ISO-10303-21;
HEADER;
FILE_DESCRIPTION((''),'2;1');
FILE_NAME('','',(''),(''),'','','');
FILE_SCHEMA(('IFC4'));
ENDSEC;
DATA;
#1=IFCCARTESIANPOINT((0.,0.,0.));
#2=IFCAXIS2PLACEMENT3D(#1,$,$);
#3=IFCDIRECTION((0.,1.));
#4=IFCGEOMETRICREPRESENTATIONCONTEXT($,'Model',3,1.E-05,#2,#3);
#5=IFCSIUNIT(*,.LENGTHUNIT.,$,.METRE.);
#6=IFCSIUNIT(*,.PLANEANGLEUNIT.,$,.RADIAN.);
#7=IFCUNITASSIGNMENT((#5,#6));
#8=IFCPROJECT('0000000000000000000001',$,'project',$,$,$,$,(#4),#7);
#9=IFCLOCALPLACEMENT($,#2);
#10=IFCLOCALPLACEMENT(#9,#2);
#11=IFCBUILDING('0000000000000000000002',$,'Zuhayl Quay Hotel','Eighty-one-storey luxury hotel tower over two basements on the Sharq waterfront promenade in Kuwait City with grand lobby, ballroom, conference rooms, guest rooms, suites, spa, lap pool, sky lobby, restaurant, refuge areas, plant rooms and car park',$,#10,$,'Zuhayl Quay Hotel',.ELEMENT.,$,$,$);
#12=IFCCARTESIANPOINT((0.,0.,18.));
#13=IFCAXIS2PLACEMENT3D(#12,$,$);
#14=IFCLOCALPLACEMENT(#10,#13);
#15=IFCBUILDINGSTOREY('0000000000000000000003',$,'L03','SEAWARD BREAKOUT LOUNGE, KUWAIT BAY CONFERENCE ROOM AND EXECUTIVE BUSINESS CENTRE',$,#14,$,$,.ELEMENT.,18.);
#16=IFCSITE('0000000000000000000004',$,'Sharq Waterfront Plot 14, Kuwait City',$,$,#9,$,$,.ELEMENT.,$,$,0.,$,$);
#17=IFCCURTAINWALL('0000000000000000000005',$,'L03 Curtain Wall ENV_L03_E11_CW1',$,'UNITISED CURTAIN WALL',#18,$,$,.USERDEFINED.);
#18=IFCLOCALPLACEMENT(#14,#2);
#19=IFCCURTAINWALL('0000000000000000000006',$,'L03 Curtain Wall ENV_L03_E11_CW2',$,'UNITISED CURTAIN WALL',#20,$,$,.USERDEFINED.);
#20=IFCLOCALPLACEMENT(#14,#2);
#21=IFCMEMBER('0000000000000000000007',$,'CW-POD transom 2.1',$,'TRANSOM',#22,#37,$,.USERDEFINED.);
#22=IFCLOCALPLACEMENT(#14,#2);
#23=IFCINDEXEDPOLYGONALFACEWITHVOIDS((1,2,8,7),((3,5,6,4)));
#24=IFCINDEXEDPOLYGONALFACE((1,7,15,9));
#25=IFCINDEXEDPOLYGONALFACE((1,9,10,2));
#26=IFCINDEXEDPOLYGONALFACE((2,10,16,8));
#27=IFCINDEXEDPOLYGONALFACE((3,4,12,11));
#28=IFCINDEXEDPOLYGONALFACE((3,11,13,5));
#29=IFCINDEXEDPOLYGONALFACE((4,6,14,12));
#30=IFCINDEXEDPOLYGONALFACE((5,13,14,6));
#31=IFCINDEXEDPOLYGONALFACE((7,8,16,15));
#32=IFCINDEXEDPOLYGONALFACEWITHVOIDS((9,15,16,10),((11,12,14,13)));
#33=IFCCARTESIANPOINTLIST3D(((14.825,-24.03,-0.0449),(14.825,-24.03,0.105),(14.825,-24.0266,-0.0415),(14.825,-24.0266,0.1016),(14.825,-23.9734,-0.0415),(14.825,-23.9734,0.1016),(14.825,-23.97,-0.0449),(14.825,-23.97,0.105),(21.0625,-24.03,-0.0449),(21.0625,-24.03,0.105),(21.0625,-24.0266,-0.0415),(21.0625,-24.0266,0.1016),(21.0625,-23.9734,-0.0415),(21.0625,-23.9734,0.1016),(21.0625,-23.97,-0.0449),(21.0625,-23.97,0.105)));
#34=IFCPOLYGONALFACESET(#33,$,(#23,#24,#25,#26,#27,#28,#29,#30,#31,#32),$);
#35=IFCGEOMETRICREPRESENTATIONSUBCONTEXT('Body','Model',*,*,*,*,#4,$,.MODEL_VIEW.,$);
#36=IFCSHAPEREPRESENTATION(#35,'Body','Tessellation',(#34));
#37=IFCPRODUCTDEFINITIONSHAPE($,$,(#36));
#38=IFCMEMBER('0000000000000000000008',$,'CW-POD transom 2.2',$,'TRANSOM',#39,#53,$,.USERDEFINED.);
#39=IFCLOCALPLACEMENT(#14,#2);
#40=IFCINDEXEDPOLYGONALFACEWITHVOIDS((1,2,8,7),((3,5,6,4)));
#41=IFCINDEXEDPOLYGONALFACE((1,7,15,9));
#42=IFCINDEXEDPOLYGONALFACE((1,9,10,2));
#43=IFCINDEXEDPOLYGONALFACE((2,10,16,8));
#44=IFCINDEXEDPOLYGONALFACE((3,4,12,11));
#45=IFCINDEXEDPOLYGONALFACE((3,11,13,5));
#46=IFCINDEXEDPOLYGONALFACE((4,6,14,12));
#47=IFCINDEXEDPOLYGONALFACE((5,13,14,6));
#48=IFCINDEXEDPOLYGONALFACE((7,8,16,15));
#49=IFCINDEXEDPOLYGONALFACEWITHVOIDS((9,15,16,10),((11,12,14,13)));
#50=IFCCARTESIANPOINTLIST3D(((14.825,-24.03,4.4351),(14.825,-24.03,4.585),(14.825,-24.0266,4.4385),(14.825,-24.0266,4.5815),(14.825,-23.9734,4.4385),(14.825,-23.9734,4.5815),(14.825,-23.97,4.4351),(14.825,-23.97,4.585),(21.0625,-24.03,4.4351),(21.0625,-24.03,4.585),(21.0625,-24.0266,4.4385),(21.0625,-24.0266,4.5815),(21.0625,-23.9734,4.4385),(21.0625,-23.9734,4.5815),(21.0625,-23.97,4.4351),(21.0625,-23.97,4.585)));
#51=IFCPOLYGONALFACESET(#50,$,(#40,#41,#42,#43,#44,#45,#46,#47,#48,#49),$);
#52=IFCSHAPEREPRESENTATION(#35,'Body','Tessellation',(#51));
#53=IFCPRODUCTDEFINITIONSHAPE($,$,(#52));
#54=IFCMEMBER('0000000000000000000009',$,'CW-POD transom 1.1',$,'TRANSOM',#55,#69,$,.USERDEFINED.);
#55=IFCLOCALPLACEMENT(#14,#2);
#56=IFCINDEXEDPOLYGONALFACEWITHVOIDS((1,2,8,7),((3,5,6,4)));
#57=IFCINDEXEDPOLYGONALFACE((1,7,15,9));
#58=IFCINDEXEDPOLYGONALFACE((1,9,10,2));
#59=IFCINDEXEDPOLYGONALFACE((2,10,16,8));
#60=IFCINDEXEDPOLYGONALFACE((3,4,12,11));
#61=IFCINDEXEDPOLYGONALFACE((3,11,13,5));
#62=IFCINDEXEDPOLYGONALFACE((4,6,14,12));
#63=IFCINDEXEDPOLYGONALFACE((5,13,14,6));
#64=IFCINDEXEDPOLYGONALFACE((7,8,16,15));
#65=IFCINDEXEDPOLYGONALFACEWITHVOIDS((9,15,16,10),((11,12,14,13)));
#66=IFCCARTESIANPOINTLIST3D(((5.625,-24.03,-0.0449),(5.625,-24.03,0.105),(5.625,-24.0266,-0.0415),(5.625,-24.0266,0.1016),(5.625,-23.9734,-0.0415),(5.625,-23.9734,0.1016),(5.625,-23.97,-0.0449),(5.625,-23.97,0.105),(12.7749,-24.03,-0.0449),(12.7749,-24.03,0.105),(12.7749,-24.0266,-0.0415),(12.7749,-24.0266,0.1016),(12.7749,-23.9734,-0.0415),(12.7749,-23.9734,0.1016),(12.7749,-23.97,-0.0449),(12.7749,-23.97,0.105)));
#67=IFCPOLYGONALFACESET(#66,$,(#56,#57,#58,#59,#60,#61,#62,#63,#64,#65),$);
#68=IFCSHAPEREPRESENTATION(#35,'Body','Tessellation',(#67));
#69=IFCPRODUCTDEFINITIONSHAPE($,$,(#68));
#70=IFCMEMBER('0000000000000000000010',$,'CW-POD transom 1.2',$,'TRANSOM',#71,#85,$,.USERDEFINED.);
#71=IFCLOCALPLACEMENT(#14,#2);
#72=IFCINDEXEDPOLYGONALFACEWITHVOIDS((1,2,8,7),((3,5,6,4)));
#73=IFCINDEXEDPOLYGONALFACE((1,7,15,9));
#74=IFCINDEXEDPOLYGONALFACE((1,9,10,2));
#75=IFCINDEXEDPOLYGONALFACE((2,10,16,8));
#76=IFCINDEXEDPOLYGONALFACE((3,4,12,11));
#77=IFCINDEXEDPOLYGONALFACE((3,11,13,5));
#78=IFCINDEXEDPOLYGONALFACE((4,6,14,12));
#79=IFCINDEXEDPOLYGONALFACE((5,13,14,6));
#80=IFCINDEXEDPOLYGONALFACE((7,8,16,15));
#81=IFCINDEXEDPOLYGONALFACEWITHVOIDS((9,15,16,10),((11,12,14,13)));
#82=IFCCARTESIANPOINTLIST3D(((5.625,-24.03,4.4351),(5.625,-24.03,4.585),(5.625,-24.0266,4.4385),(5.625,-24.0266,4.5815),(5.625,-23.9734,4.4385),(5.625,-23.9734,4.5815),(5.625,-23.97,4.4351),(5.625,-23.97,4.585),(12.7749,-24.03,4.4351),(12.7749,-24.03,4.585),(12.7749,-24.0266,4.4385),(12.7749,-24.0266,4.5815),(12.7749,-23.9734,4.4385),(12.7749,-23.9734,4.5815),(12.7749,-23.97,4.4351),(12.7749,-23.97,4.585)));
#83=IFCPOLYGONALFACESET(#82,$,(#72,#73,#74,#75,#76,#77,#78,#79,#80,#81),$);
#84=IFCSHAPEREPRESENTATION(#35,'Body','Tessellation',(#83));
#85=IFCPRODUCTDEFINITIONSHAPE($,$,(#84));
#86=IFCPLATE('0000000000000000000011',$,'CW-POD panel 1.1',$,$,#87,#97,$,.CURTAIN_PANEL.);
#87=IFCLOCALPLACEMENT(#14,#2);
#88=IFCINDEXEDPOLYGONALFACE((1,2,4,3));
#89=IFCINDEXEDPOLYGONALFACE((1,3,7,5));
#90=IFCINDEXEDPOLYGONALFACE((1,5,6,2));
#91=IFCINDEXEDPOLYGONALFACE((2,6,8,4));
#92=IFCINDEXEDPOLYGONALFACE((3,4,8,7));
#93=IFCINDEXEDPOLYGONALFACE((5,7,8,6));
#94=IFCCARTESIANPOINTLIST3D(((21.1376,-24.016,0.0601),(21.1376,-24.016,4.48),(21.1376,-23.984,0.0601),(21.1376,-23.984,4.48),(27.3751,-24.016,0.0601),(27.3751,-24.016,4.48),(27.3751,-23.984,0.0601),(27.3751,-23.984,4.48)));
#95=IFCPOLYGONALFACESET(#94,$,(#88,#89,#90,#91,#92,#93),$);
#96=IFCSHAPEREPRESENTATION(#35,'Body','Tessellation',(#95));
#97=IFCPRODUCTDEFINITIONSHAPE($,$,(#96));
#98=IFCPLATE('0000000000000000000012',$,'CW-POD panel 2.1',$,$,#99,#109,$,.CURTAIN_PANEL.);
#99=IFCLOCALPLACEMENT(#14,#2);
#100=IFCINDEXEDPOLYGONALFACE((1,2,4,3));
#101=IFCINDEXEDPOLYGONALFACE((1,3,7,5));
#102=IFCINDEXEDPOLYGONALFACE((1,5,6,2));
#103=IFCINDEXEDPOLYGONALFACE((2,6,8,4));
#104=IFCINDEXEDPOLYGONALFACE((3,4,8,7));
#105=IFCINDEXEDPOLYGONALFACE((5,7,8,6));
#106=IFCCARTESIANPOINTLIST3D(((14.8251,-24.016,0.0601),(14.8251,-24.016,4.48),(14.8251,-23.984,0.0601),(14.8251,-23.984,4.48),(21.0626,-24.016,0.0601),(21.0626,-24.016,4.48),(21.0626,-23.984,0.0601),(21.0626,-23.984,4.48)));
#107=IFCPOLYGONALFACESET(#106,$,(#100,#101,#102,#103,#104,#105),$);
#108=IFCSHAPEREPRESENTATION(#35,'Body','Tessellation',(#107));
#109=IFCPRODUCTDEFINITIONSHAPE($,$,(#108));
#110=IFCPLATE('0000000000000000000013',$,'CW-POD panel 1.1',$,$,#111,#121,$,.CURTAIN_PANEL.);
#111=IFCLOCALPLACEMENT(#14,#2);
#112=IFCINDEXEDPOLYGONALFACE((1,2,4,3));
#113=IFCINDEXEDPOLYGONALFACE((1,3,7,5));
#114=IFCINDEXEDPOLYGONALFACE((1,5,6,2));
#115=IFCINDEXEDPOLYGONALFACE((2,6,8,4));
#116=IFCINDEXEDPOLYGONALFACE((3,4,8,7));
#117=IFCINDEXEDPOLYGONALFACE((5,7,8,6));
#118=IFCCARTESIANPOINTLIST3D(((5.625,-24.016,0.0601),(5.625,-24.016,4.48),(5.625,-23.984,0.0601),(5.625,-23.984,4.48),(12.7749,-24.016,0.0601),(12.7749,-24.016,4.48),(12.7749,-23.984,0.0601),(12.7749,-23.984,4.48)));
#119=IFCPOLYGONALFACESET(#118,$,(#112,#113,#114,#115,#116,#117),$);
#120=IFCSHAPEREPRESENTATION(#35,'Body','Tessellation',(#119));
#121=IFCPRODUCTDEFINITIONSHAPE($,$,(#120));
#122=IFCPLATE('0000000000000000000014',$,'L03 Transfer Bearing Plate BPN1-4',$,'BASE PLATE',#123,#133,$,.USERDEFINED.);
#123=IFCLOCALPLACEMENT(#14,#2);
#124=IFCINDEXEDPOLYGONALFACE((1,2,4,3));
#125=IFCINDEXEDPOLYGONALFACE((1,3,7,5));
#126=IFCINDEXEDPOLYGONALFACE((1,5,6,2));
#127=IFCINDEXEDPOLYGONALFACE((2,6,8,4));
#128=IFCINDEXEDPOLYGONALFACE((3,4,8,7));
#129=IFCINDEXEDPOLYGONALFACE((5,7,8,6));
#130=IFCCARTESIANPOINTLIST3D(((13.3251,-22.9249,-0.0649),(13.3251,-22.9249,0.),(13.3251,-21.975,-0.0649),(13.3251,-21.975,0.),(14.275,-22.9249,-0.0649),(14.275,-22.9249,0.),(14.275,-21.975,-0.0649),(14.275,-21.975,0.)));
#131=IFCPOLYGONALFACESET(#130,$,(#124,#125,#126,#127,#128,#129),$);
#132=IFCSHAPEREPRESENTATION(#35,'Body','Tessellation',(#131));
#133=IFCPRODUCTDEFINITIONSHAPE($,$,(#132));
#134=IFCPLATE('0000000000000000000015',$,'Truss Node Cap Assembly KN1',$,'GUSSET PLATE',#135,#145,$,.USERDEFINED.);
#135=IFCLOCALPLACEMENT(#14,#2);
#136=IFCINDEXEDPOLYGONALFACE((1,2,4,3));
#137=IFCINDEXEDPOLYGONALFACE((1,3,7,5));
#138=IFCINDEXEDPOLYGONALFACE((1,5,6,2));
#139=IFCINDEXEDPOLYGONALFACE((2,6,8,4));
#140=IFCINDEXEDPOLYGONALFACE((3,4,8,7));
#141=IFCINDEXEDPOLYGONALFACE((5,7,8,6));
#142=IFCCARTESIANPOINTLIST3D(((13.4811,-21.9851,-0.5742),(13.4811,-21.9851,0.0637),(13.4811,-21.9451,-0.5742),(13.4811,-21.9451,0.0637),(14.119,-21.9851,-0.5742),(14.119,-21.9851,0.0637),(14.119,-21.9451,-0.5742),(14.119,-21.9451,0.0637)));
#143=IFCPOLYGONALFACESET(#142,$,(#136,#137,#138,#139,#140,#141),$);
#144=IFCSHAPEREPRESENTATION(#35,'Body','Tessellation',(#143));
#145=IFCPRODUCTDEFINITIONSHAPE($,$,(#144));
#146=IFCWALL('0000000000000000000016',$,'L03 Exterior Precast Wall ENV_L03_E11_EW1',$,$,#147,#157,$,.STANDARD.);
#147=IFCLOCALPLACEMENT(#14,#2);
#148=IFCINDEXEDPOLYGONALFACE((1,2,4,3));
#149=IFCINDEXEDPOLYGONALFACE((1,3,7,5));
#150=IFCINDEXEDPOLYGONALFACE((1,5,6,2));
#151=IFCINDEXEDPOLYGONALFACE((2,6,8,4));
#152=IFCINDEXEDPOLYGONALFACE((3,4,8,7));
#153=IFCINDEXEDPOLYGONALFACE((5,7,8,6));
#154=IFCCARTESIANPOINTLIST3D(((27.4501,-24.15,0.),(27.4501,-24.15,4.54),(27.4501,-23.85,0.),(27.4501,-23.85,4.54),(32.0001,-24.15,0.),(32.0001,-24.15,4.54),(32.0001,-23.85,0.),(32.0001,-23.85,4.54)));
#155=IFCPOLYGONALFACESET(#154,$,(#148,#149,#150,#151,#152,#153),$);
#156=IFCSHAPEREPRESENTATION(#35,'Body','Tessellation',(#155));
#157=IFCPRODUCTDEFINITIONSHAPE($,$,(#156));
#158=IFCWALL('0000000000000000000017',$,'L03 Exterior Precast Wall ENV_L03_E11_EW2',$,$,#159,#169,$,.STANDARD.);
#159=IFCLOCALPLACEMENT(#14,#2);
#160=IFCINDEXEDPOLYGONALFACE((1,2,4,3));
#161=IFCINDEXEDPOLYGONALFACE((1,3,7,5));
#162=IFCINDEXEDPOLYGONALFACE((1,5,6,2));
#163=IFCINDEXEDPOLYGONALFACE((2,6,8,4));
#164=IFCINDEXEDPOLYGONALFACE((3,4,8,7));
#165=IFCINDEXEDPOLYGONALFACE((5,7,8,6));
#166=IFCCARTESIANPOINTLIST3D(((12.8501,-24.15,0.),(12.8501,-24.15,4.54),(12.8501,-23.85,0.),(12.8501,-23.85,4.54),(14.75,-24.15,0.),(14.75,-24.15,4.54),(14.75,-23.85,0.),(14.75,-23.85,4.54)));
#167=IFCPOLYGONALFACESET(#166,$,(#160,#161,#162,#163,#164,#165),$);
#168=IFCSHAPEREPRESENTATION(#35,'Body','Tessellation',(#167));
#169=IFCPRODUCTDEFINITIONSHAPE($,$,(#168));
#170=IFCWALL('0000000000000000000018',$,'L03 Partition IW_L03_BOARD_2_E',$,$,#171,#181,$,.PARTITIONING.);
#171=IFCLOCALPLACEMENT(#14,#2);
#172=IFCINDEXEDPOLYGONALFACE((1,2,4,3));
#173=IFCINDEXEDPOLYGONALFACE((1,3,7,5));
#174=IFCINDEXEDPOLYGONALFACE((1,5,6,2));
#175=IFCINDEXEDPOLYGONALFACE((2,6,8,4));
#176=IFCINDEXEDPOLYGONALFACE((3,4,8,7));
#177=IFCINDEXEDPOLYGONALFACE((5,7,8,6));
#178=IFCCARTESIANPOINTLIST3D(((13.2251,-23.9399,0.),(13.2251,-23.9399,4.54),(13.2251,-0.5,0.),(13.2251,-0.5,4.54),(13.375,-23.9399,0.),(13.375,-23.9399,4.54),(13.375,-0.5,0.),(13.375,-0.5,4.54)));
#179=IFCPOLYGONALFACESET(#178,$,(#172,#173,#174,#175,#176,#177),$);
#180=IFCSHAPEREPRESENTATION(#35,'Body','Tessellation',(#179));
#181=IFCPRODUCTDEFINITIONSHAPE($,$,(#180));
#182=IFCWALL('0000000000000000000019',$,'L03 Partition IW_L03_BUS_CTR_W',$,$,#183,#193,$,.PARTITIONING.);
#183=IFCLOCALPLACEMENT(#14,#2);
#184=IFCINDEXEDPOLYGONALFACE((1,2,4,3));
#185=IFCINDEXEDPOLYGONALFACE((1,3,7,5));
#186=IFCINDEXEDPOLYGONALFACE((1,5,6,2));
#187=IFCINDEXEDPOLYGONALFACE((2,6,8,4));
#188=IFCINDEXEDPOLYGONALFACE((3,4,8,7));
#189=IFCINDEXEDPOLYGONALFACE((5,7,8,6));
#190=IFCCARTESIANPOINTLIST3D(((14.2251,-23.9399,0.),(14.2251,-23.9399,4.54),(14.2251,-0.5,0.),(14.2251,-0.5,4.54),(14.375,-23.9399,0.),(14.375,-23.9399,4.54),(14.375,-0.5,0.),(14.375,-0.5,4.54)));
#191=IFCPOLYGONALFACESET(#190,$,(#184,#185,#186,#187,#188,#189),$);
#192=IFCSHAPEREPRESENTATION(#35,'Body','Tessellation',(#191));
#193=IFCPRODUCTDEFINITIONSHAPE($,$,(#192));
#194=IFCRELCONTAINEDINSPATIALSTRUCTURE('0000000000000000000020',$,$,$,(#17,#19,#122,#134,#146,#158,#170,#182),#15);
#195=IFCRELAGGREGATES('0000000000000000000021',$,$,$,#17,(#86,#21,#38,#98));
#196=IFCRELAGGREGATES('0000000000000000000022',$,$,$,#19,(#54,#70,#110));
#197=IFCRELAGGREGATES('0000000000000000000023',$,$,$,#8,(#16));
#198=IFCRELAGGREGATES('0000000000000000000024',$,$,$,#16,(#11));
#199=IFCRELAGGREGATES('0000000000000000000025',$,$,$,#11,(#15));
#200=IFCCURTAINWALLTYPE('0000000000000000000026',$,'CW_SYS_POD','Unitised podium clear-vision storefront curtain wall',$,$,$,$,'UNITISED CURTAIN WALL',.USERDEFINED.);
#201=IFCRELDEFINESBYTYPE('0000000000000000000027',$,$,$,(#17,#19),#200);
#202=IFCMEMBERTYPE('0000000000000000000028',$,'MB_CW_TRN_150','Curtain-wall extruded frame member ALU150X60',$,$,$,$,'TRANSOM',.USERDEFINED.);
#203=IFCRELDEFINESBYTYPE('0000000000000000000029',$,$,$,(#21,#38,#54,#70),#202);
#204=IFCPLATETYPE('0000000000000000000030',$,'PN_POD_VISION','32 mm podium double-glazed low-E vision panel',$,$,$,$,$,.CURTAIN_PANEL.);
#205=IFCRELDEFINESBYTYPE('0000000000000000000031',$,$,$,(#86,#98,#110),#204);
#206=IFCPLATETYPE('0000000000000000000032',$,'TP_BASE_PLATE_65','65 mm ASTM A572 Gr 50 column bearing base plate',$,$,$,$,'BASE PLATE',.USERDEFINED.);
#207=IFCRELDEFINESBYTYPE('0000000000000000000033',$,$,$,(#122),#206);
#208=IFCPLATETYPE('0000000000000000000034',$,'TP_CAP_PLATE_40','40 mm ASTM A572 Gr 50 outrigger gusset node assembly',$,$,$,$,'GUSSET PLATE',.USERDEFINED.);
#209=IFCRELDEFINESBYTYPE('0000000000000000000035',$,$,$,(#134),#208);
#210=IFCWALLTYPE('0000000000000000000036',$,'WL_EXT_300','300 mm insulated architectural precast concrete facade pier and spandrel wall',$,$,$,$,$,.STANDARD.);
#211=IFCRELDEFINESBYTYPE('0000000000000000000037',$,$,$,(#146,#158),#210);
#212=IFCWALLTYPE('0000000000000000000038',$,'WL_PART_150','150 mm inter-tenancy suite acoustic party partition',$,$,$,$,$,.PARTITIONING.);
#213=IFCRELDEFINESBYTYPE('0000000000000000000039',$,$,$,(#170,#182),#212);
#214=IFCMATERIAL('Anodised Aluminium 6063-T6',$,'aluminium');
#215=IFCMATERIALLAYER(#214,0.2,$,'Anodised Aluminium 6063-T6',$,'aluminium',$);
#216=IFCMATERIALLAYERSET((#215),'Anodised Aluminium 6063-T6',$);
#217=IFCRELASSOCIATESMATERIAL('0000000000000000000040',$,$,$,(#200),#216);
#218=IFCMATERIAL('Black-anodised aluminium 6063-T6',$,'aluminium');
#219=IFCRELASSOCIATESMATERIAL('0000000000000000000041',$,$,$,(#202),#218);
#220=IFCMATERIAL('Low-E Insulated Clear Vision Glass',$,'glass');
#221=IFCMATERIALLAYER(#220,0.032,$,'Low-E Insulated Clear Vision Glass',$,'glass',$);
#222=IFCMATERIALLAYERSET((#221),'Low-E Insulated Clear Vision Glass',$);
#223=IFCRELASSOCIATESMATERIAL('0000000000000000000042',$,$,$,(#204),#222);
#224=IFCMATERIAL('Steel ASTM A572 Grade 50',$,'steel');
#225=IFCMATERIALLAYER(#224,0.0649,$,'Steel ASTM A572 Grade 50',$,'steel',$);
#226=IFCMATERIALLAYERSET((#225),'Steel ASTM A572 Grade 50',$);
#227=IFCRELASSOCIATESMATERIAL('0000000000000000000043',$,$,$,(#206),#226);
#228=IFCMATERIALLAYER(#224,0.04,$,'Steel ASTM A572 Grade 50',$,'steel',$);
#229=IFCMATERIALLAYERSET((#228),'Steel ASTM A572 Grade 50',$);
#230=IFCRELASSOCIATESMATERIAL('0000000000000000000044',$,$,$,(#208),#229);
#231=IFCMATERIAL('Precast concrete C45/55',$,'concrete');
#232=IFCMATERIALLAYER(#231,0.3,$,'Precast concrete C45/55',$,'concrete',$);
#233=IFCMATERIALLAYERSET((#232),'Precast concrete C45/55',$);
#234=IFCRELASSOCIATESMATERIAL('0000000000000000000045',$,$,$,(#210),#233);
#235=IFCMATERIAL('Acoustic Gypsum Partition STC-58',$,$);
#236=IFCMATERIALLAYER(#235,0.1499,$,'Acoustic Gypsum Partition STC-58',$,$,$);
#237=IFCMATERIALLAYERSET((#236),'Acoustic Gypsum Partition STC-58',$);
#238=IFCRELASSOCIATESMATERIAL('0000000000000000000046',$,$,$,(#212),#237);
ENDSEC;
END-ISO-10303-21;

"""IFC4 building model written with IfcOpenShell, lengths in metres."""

from ifc_helpers import new_model, si_unit, direction, frame, frame_2d, origin, origin_2d, place, context, subcontext, project, spatial, rectangle, hollow_rectangle, extrude, material, layer, layer_set, material_profile, profile_set, type_object, element, aggregate, save


model = new_model("IFC4")

# Units and contexts
model_context = context("Model", 3, precision=1e-05, world=origin(), true_north=direction((0.0, 1.0)))
body_context = subcontext(model_context, "Body", "Model", "MODEL_VIEW")
ifc_project = project(units=[si_unit("LENGTHUNIT", "METRE"), si_unit("PLANEANGLEUNIT", "RADIAN")], contexts=[model_context])

# Site, building, storey
site_placement = place(None, origin())
site = spatial("IfcSite", under=ifc_project, at=site_placement, Name="Sharq Waterfront Plot 14, Kuwait City", CompositionType="ELEMENT", RefElevation=0.0)
building_placement = place(site_placement, origin())
building = spatial("IfcBuilding", under=site, at=building_placement, Name="Zuhayl Quay Hotel", Description="Eighty-one-storey luxury hotel tower over two basements on the Sharq waterfront promenade in Kuwait City with grand lobby, ballroom, conference rooms, guest rooms, suites, spa, lap pool, sky lobby, restaurant, refuge areas, plant rooms and car park", LongName="Zuhayl Quay Hotel", CompositionType="ELEMENT")
storey_placement = place(building_placement, frame((0.0, 0.0, 18.0)))
storey = spatial("IfcBuildingStorey", under=building, at=storey_placement, Name="L03", Description="SEAWARD BREAKOUT LOUNGE, KUWAIT BAY CONFERENCE ROOM AND EXECUTIVE BUSINESS CENTRE", CompositionType="ELEMENT", Elevation=18.0)

# Curtain wall
ifc_material_1 = material(Name="Anodised Aluminium 6063-T6", Category="aluminium")
ifc_layer_1 = layer(ifc_material_1, 0.2, Name="Anodised Aluminium 6063-T6", Category="aluminium")
ifc_layer_set_1 = layer_set([ifc_layer_1], Name="Anodised Aluminium 6063-T6")
curtain_wall_type = type_object("IfcCurtainWallType", Name="CW_SYS_POD", Description="Unitised podium clear-vision storefront curtain wall", ElementType="UNITISED CURTAIN WALL", PredefinedType="USERDEFINED", material=ifc_layer_set_1)
curtain_wall_1_placement = place(storey_placement, origin())
curtain_wall_1 = element("IfcCurtainWall", 1, at=curtain_wall_1_placement, inside=storey, type_object=curtain_wall_type, Name="L03 Curtain Wall ENV_L03_E11_CW1", ObjectType="UNITISED CURTAIN WALL", PredefinedType="USERDEFINED")
ifc_material_2 = material(Name="Black-anodised aluminium 6063-T6", Category="aluminium")

# Curtain wall
curtain_wall_2_placement = place(storey_placement, origin())
curtain_wall_2 = element("IfcCurtainWall", 2, at=curtain_wall_2_placement, inside=storey, type_object=curtain_wall_type, Name="L03 Curtain Wall ENV_L03_E11_CW2", ObjectType="UNITISED CURTAIN WALL", PredefinedType="USERDEFINED")

# Members
ifc_material_profile_1 = material_profile(ifc_material_2, hollow_rectangle(XDim=0.0601, YDim=0.1499, WallThickness=0.0034, at=origin_2d()), Name="ALU150X60")
ifc_profile_set_1 = profile_set([ifc_material_profile_1], Name="Black-anodised aluminium 6063-T6")
member_type_1 = type_object("IfcMemberType", Name="MB_CW_TRN_150", Description="Curtain-wall extruded frame member ALU150X60", ElementType="TRANSOM", PredefinedType="USERDEFINED", material=ifc_profile_set_1)
member_1_placement = place(storey_placement, frame((21.0625, -24.0, 0.03), z_axis=(-1.0, 0.0, 0.0), x_axis=(0.0, -1.0, 0.0)))
member_1 = element("IfcMember", 3, at=member_1_placement, type_object=member_type_1, Name="CW-POD transom 2.1", ObjectType="TRANSOM", PredefinedType="USERDEFINED", context=body_context, shape_type="SweptSolid", body=[
    extrude(hollow_rectangle(XDim=0.0601, YDim=0.1499, WallThickness=0.0034, at=origin_2d()), origin(), (0.0, 0.0, 1.0), 6.2375),
])
member_2_placement = place(storey_placement, frame((21.0625, -24.0, 4.51), z_axis=(-1.0, 0.0, 0.0), x_axis=(0.0, -1.0, 0.0)))
member_2 = element("IfcMember", 4, at=member_2_placement, type_object=member_type_1, Name="CW-POD transom 2.2", ObjectType="TRANSOM", PredefinedType="USERDEFINED", context=body_context, shape_type="SweptSolid", body=[
    extrude(hollow_rectangle(XDim=0.0601, YDim=0.1499, WallThickness=0.0034, at=origin_2d()), origin(), (0.0, 0.0, 1.0), 6.2375),
])
member_3_placement = place(storey_placement, frame((12.7749, -24.0, 0.03), z_axis=(-1.0, 0.0, 0.0), x_axis=(0.0, -1.0, 0.0)))
member_3 = element("IfcMember", 5, at=member_3_placement, type_object=member_type_1, Name="CW-POD transom 1.1", ObjectType="TRANSOM", PredefinedType="USERDEFINED", context=body_context, shape_type="SweptSolid", body=[
    extrude(hollow_rectangle(XDim=0.0601, YDim=0.1499, WallThickness=0.0034, at=origin_2d()), origin(), (0.0, 0.0, 1.0), 7.1499),
])
member_4_placement = place(storey_placement, frame((12.7749, -24.0, 4.51), z_axis=(-1.0, 0.0, 0.0), x_axis=(0.0, -1.0, 0.0)))
member_4 = element("IfcMember", 6, at=member_4_placement, type_object=member_type_1, Name="CW-POD transom 1.2", ObjectType="TRANSOM", PredefinedType="USERDEFINED", context=body_context, shape_type="SweptSolid", body=[
    extrude(hollow_rectangle(XDim=0.0601, YDim=0.1499, WallThickness=0.0034, at=origin_2d()), origin(), (0.0, 0.0, 1.0), 7.1499),
])

# Plates
ifc_material_3 = material(Name="Low-E Insulated Clear Vision Glass", Category="glass")
ifc_layer_2 = layer(ifc_material_3, 0.032, Name="Low-E Insulated Clear Vision Glass", Category="glass")
ifc_layer_set_2 = layer_set([ifc_layer_2], Name="Low-E Insulated Clear Vision Glass")
plate_type_1 = type_object("IfcPlateType", Name="PN_POD_VISION", Description="32 mm podium double-glazed low-E vision panel", PredefinedType="CURTAIN_PANEL", material=ifc_layer_set_2)
plate_1_placement = place(storey_placement, frame((24.2563, -24.0, 0.0601), z_axis=(0.0, 0.0, 1.0), x_axis=(-1.0, 0.0, 0.0)))
plate_1 = element("IfcPlate", 7, at=plate_1_placement, type_object=plate_type_1, Name="CW-POD panel 1.1", PredefinedType="CURTAIN_PANEL", context=body_context, shape_type="SweptSolid", body=[
    extrude(rectangle(XDim=6.2375, YDim=0.032, at=origin_2d()), origin(), (0.0, 0.0, 1.0), 4.4199),
])
plate_2_placement = place(storey_placement, frame((17.9438, -24.0, 0.0601), z_axis=(0.0, 0.0, 1.0), x_axis=(-1.0, 0.0, 0.0)))
plate_2 = element("IfcPlate", 8, at=plate_2_placement, type_object=plate_type_1, Name="CW-POD panel 2.1", PredefinedType="CURTAIN_PANEL", context=body_context, shape_type="SweptSolid", body=[
    extrude(rectangle(XDim=6.2375, YDim=0.032, at=origin_2d()), origin(), (0.0, 0.0, 1.0), 4.4199),
])
aggregate(curtain_wall_1, [plate_1, member_1, member_2, plate_2])
plate_3_placement = place(storey_placement, frame((9.2, -24.0, 0.0601), z_axis=(0.0, 0.0, 1.0), x_axis=(-1.0, 0.0, 0.0)))
plate_3 = element("IfcPlate", 9, at=plate_3_placement, type_object=plate_type_1, Name="CW-POD panel 1.1", PredefinedType="CURTAIN_PANEL", context=body_context, shape_type="SweptSolid", body=[
    extrude(rectangle(XDim=7.1499, YDim=0.032, at=origin_2d()), origin(), (0.0, 0.0, 1.0), 4.4199),
])
aggregate(curtain_wall_2, [member_3, member_4, plate_3])

# Plates
ifc_material_4 = material(Name="Steel ASTM A572 Grade 50", Category="steel")
ifc_layer_3 = layer(ifc_material_4, 0.0649, Name="Steel ASTM A572 Grade 50", Category="steel")
ifc_layer_set_3 = layer_set([ifc_layer_3], Name="Steel ASTM A572 Grade 50")
plate_type_2 = type_object("IfcPlateType", Name="TP_BASE_PLATE_65", Description="65 mm ASTM A572 Gr 50 column bearing base plate", ElementType="BASE PLATE", PredefinedType="USERDEFINED", material=ifc_layer_set_3)
plate_4_placement = place(storey_placement, frame((13.8, -22.45, -0.0649), z_axis=(0.0, 0.0, 1.0), x_axis=(1.0, 0.0, 0.0)))
element("IfcPlate", 10, at=plate_4_placement, inside=storey, type_object=plate_type_2, Name="L03 Transfer Bearing Plate BPN1-4", ObjectType="BASE PLATE", PredefinedType="USERDEFINED", context=body_context, shape_type="SweptSolid", body=[
    extrude(rectangle(XDim=0.95, YDim=0.95, at=origin_2d()), origin(), (0.0, 0.0, 1.0), 0.0649),
])
ifc_layer_4 = layer(ifc_material_4, 0.04, Name="Steel ASTM A572 Grade 50", Category="steel")
ifc_layer_set_4 = layer_set([ifc_layer_4], Name="Steel ASTM A572 Grade 50")
plate_type_3 = type_object("IfcPlateType", Name="TP_CAP_PLATE_40", Description="40 mm ASTM A572 Gr 50 outrigger gusset node assembly", ElementType="GUSSET PLATE", PredefinedType="USERDEFINED", material=ifc_layer_set_4)
plate_5_placement = place(storey_placement, frame((13.8, -21.9651, -0.5742), z_axis=(0.0, 0.0, 1.0), x_axis=(0.0, -1.0, 0.0)))
element("IfcPlate", 11, at=plate_5_placement, inside=storey, type_object=plate_type_3, Name="Truss Node Cap Assembly KN1", ObjectType="GUSSET PLATE", PredefinedType="USERDEFINED", context=body_context, shape_type="SweptSolid", body=[
    extrude(rectangle(XDim=0.04, YDim=0.6379, at=origin_2d()), origin(), (0.0, 0.0, 1.0), 0.6379),
])

# Walls
ifc_material_5 = material(Name="Precast concrete C45/55", Category="concrete")
ifc_layer_5 = layer(ifc_material_5, 0.3, Name="Precast concrete C45/55", Category="concrete")
ifc_layer_set_5 = layer_set([ifc_layer_5], Name="Precast concrete C45/55")
wall_type_1 = type_object("IfcWallType", Name="WL_EXT_300", Description="300 mm insulated architectural precast concrete facade pier and spandrel wall", PredefinedType="STANDARD", material=ifc_layer_set_5)
wall_1_placement = place(storey_placement, frame((32.0, -24.0, 0.0), z_axis=(0.0, 0.0, 1.0), x_axis=(-1.0, 0.0, 0.0)))
element("IfcWall", 12, at=wall_1_placement, inside=storey, type_object=wall_type_1, Name="L03 Exterior Precast Wall ENV_L03_E11_EW1", PredefinedType="STANDARD", context=body_context, shape_type="SweptSolid", body=[
    extrude(rectangle(XDim=4.55, YDim=0.3, at=frame_2d((2.2749, 0.0))), origin(), (0.0, 0.0, 1.0), 4.54),
])
wall_2_placement = place(storey_placement, frame((14.75, -24.0, 0.0), z_axis=(0.0, 0.0, 1.0), x_axis=(-1.0, 0.0, 0.0)))
element("IfcWall", 13, at=wall_2_placement, inside=storey, type_object=wall_type_1, Name="L03 Exterior Precast Wall ENV_L03_E11_EW2", PredefinedType="STANDARD", context=body_context, shape_type="SweptSolid", body=[
    extrude(rectangle(XDim=1.8999, YDim=0.3, at=frame_2d((0.95, 0.0))), origin(), (0.0, 0.0, 1.0), 4.54),
])
ifc_material_6 = material(Name="Acoustic Gypsum Partition STC-58")
ifc_layer_6 = layer(ifc_material_6, 0.1499, Name="Acoustic Gypsum Partition STC-58")
ifc_layer_set_6 = layer_set([ifc_layer_6], Name="Acoustic Gypsum Partition STC-58")
wall_type_2 = type_object("IfcWallType", Name="WL_PART_150", Description="150 mm inter-tenancy suite acoustic party partition", PredefinedType="PARTITIONING", material=ifc_layer_set_6)
for number, where, z_axis, x_axis, name in (
    (14, (13.3, -23.9399, 0.0), (0.0, 0.0, 1.0), (0.0, 1.0, 0.0), "L03 Partition IW_L03_BOARD_2_E"),
    (15, (14.3, -23.9399, 0.0), (0.0, 0.0, 1.0), (0.0, 1.0, 0.0), "L03 Partition IW_L03_BUS_CTR_W"),
):
    element("IfcWall", number, at=place(storey_placement, frame(where, z_axis=z_axis, x_axis=x_axis)), inside=storey, type_object=wall_type_2, Name=name, PredefinedType="PARTITIONING", context=body_context, shape_type="SweptSolid", body=[
        extrude(rectangle(XDim=23.4399, YDim=0.1499, at=frame_2d((11.72, 0.0))), origin(), (0.0, 0.0, 1.0), 4.54),
    ])

save(model, "model.ifc")
